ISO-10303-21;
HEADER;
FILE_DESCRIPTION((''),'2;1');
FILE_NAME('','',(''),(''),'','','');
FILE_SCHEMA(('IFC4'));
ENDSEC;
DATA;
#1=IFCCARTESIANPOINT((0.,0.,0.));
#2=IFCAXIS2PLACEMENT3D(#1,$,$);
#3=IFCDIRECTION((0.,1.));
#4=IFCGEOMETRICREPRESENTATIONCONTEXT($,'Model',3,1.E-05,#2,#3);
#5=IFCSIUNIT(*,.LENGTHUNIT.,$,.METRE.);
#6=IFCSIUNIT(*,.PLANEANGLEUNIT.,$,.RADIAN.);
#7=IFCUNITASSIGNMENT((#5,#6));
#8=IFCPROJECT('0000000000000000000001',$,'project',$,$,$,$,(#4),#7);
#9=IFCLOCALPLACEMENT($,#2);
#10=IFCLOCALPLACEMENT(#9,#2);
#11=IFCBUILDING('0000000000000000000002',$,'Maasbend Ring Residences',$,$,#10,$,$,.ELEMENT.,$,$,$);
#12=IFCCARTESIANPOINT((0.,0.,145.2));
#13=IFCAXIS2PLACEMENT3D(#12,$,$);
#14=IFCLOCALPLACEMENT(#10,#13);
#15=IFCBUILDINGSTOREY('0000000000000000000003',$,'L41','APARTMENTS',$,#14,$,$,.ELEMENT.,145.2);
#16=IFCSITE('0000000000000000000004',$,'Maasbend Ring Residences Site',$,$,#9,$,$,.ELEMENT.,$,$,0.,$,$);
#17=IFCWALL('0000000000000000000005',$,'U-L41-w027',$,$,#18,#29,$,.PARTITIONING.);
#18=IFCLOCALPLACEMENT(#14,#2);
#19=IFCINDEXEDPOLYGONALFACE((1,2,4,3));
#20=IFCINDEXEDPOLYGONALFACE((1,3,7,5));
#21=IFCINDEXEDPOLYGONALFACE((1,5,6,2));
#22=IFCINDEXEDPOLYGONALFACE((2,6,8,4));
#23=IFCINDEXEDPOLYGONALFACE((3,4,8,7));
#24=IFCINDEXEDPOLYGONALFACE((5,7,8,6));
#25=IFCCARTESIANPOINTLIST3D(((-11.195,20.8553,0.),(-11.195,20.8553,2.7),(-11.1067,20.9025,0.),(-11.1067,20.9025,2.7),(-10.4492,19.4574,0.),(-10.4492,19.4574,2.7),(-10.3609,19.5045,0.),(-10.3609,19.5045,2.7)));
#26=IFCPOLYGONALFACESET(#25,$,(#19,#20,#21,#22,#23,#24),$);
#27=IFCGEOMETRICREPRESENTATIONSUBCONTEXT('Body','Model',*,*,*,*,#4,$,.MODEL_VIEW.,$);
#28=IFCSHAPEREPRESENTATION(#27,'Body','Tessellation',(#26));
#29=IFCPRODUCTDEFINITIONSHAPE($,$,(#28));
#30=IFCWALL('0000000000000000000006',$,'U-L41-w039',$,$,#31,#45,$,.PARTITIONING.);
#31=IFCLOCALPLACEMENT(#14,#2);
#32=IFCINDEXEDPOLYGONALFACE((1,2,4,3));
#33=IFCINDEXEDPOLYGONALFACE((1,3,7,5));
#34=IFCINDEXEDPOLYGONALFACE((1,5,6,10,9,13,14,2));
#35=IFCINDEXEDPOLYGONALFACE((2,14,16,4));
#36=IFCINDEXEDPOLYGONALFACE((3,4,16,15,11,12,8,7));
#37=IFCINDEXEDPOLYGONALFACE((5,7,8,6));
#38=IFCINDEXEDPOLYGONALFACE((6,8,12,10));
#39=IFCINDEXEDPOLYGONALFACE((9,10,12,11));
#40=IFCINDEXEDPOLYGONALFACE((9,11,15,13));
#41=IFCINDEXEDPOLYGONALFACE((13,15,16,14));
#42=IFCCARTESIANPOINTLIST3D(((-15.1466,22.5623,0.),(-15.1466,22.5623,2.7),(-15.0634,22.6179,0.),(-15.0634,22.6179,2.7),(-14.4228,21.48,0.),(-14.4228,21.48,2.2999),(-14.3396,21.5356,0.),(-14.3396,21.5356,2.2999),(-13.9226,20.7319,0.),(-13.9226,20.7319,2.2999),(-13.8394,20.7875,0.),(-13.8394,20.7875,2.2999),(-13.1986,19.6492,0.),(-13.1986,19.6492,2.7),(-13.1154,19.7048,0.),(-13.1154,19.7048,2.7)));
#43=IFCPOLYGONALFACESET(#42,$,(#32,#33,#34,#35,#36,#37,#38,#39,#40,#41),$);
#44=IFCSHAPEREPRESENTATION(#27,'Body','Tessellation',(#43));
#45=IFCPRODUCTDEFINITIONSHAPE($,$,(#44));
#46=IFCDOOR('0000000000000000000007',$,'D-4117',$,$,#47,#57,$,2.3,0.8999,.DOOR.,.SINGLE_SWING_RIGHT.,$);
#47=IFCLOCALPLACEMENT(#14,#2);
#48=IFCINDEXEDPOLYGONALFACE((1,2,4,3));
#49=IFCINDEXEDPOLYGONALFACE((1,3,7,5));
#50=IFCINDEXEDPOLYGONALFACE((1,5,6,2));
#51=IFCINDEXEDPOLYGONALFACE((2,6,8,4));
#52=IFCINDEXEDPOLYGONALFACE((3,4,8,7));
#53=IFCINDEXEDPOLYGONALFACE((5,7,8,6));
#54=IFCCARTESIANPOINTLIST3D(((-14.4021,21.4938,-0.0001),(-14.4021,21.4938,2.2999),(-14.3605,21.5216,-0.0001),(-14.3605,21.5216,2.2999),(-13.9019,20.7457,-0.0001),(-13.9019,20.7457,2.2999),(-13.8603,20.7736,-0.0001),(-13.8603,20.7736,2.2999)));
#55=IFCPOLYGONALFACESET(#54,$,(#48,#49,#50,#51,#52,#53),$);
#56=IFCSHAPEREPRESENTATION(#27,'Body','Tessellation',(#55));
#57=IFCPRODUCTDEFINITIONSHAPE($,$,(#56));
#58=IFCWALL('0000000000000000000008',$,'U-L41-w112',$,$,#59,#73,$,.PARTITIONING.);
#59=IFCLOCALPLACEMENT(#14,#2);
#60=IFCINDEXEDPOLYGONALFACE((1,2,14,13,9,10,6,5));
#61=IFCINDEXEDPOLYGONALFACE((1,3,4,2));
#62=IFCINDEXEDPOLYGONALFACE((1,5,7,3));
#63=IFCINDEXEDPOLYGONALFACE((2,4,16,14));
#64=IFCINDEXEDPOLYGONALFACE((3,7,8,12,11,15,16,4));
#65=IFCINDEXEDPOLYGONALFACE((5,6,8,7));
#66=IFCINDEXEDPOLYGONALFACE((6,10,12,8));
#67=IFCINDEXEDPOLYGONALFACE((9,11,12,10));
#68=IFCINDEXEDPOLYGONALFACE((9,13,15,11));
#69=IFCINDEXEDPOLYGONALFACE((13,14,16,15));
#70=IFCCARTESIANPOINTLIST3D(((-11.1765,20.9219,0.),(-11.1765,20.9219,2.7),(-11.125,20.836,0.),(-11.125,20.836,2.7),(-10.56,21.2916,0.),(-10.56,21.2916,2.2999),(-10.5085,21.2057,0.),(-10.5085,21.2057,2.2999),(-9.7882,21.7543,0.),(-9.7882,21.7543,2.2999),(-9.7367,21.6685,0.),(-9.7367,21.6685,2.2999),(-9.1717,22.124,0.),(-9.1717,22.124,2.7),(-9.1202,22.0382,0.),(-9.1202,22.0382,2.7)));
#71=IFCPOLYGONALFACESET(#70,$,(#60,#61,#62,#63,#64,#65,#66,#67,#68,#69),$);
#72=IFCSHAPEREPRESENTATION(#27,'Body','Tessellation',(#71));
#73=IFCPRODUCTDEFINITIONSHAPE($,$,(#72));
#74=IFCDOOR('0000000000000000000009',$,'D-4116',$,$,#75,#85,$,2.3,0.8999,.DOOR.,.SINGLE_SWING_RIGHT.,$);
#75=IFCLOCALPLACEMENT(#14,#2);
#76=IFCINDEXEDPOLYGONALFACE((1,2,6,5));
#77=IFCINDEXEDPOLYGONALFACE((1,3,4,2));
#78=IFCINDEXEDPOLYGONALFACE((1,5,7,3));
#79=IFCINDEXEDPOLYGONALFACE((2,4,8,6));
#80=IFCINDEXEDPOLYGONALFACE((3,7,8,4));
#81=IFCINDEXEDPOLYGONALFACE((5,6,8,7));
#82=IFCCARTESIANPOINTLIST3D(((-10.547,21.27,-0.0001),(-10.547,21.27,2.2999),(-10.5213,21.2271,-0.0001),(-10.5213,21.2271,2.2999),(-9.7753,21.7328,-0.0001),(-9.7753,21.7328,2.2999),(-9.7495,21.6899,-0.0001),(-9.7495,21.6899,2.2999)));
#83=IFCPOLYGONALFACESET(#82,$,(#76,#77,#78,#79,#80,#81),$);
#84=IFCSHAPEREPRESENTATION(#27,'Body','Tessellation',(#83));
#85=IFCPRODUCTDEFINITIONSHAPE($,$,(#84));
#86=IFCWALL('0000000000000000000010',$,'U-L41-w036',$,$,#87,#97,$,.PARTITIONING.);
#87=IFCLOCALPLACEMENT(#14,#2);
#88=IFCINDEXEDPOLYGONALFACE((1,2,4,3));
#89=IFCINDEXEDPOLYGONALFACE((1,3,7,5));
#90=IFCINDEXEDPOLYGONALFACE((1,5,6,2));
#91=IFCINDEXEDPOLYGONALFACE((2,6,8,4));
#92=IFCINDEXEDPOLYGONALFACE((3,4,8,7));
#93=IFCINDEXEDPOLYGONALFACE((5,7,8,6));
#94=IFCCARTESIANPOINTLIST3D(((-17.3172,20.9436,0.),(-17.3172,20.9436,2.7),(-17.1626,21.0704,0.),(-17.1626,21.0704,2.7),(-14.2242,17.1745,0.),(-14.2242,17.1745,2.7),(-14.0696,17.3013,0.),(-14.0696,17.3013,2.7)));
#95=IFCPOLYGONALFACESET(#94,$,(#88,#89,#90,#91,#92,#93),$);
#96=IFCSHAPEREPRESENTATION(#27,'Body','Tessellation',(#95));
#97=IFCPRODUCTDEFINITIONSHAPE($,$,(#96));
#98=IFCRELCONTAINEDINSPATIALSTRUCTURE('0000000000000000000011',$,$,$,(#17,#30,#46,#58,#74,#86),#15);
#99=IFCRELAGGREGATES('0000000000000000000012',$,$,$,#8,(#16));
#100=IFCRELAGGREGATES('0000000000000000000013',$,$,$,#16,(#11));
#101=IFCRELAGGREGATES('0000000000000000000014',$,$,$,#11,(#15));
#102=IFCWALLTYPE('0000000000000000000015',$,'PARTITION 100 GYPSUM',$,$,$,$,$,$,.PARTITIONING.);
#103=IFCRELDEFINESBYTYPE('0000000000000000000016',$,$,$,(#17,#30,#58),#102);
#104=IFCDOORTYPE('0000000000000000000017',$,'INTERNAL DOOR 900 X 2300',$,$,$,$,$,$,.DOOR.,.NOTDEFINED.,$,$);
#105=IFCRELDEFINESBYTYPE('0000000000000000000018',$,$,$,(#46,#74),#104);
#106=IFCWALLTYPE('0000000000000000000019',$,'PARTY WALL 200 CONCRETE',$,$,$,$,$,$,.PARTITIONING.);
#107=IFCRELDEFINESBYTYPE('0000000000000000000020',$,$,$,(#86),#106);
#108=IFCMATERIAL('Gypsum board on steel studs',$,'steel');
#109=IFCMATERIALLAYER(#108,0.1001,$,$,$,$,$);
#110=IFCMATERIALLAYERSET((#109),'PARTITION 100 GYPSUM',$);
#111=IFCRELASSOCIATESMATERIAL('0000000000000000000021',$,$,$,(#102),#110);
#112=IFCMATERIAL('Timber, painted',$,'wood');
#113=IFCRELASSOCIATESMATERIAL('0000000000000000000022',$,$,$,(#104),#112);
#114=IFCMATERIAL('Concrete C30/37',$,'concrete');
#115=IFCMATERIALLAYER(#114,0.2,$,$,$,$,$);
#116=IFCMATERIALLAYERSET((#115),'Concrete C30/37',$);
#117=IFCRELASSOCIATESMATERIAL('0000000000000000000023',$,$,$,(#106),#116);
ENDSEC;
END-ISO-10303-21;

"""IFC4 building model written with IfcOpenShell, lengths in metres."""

from ifc_helpers import new_model, si_unit, direction, frame, frame_2d, origin, place, context, subcontext, project, spatial, rectangle, extrude, material, layer, layer_set, type_object, element, fill, save


model = new_model("IFC4")

# Units and contexts
model_context = context("Model", 3, precision=1e-05, world=origin(), true_north=direction((0.0, 1.0)))
body_context = subcontext(model_context, "Body", "Model", "MODEL_VIEW")
ifc_project = project(units=[si_unit("LENGTHUNIT", "METRE"), si_unit("PLANEANGLEUNIT", "RADIAN")], contexts=[model_context])

# Site, building, storey
site_placement = place(None, origin())
site = spatial("IfcSite", under=ifc_project, at=site_placement, Name="Maasbend Ring Residences Site", CompositionType="ELEMENT", RefElevation=0.0)
building_placement = place(site_placement, origin())
building = spatial("IfcBuilding", under=site, at=building_placement, Name="Maasbend Ring Residences", CompositionType="ELEMENT")
storey_placement = place(building_placement, frame((0.0, 0.0, 145.2)))
storey = spatial("IfcBuildingStorey", under=building, at=storey_placement, Name="L41", Description="APARTMENTS", CompositionType="ELEMENT", Elevation=145.2)

# Wall
ifc_material_1 = material(Name="Gypsum board on steel studs", Category="steel")
ifc_layer_1 = layer(ifc_material_1, 0.1001)
ifc_layer_set_1 = layer_set([ifc_layer_1], Name="PARTITION 100 GYPSUM")
wall_type_1 = type_object("IfcWallType", Name="PARTITION 100 GYPSUM", PredefinedType="PARTITIONING", material=ifc_layer_set_1)
wall_1_placement = place(storey_placement, frame((-11.1509, 20.8789, 0.0), z_axis=(0.0, 0.0, 1.0), x_axis=(0.470724, -0.88228, 0.0)))
element("IfcWall", 1, at=wall_1_placement, inside=storey, type_object=wall_type_1, Name="U-L41-w027", PredefinedType="PARTITIONING", context=body_context, shape_type="SweptSolid", body=[
    extrude(rectangle(XDim=1.5845, YDim=0.1001, at=frame_2d((0.7922, 0.0))), origin(), (0.0, 0.0, 1.0), 2.7),
])

# Walls, openings, doors
wall_2_placement = place(storey_placement, frame((-15.105, 22.5901, 0.0), z_axis=(0.0, 0.0, 1.0), x_axis=(0.555873, -0.831267, 0.0)))
wall_2 = element("IfcWall", 2, at=wall_2_placement, inside=storey, type_object=wall_type_1, Name="U-L41-w039", PredefinedType="PARTITIONING", context=body_context, shape_type="SweptSolid", body=[
    extrude(rectangle(XDim=3.5044, YDim=0.1001, at=frame_2d((1.7522, 0.0))), origin(), (0.0, 0.0, 1.0), 2.7),
])
opening_1_placement = place(wall_2_placement, frame((1.302, 0.0, 0.0)))
opening_1 = element("IfcOpeningElement", 3, at=opening_1_placement, cuts=wall_2, PredefinedType="OPENING", context=body_context, shape_type="SweptSolid", body=[
    extrude(rectangle(XDim=0.8999, YDim=2.3, at=frame_2d((0.45, 1.1499))), frame((0.0, 0.0601, 0.0), z_axis=(0.0, -1.0, 0.0), x_axis=(1.0, 0.0, 0.0)), (0.0, 0.0, 1.0), 0.1201),
])
ifc_material_2 = material(Name="Timber, painted", Category="wood")
door_type_1 = type_object("IfcDoorType", Name="INTERNAL DOOR 900 X 2300", OperationType="NOTDEFINED", PredefinedType="DOOR", material=ifc_material_2)
door_1_placement = place(opening_1_placement, origin())
door_1 = element("IfcDoor", 4, at=door_1_placement, inside=storey, type_object=door_type_1, Name="D-4117", OperationType="SINGLE_SWING_RIGHT", OverallHeight=2.3, OverallWidth=0.8999, PredefinedType="DOOR", context=body_context, shape_type="SweptSolid", body=[
    extrude(rectangle(XDim=0.8999, YDim=2.3, at=frame_2d((0.45, 1.1499))), frame((0.0, 0.0249, 0.0), z_axis=(0.0, -1.0, 0.0), x_axis=(1.0, 0.0, 0.0)), (0.0, 0.0, 1.0), 0.05),
])
fill(opening_1, door_1)
wall_3_placement = place(storey_placement, frame((-11.1509, 20.8789, 0.0), z_axis=(0.0, 0.0, 1.0), x_axis=(0.85764, 0.51425, 0.0)))
wall_3 = element("IfcWall", 5, at=wall_3_placement, inside=storey, type_object=wall_type_1, Name="U-L41-w112", PredefinedType="PARTITIONING", context=body_context, shape_type="SweptSolid", body=[
    extrude(rectangle(XDim=2.3376, YDim=0.1001, at=frame_2d((1.1689, 0.0))), origin(), (0.0, 0.0, 1.0), 2.7),
])
opening_2_placement = place(wall_3_placement, frame((0.719, 0.0, 0.0)))
opening_2 = element("IfcOpeningElement", 6, at=opening_2_placement, cuts=wall_3, PredefinedType="OPENING", context=body_context, shape_type="SweptSolid", body=[
    extrude(rectangle(XDim=0.8999, YDim=2.3, at=frame_2d((0.45, 1.1499))), frame((0.0, 0.0601, 0.0), z_axis=(0.0, -1.0, 0.0), x_axis=(1.0, 0.0, 0.0)), (0.0, 0.0, 1.0), 0.1201),
])
door_2_placement = place(opening_2_placement, origin())
door_2 = element("IfcDoor", 7, at=door_2_placement, inside=storey, type_object=door_type_1, Name="D-4116", OperationType="SINGLE_SWING_RIGHT", OverallHeight=2.3, OverallWidth=0.8999, PredefinedType="DOOR", context=body_context, shape_type="SweptSolid", body=[
    extrude(rectangle(XDim=0.8999, YDim=2.3, at=frame_2d((0.45, 1.1499))), frame((0.0, 0.0249, 0.0), z_axis=(0.0, -1.0, 0.0), x_axis=(1.0, 0.0, 0.0)), (0.0, 0.0, 1.0), 0.05),
])
fill(opening_2, door_2)

# Wall
ifc_material_3 = material(Name="Concrete C30/37", Category="concrete")
ifc_layer_2 = layer(ifc_material_3, 0.2)
ifc_layer_set_2 = layer_set([ifc_layer_2], Name="Concrete C30/37")
wall_type_2 = type_object("IfcWallType", Name="PARTY WALL 200 CONCRETE", PredefinedType="PARTITIONING", material=ifc_layer_set_2)
wall_4_placement = place(storey_placement, frame((-17.24, 21.0071, 0.0), z_axis=(0.0, 0.0, 1.0), x_axis=(0.634374, -0.773026, 0.0)))
element("IfcWall", 8, at=wall_4_placement, inside=storey, type_object=wall_type_2, Name="U-L41-w036", PredefinedType="PARTITIONING", context=body_context, shape_type="SweptSolid", body=[
    extrude(rectangle(XDim=4.8757, YDim=0.2, at=frame_2d((2.438, 0.0))), origin(), (0.0, 0.0, 1.0), 2.7),
])

save(model, "model.ifc")
